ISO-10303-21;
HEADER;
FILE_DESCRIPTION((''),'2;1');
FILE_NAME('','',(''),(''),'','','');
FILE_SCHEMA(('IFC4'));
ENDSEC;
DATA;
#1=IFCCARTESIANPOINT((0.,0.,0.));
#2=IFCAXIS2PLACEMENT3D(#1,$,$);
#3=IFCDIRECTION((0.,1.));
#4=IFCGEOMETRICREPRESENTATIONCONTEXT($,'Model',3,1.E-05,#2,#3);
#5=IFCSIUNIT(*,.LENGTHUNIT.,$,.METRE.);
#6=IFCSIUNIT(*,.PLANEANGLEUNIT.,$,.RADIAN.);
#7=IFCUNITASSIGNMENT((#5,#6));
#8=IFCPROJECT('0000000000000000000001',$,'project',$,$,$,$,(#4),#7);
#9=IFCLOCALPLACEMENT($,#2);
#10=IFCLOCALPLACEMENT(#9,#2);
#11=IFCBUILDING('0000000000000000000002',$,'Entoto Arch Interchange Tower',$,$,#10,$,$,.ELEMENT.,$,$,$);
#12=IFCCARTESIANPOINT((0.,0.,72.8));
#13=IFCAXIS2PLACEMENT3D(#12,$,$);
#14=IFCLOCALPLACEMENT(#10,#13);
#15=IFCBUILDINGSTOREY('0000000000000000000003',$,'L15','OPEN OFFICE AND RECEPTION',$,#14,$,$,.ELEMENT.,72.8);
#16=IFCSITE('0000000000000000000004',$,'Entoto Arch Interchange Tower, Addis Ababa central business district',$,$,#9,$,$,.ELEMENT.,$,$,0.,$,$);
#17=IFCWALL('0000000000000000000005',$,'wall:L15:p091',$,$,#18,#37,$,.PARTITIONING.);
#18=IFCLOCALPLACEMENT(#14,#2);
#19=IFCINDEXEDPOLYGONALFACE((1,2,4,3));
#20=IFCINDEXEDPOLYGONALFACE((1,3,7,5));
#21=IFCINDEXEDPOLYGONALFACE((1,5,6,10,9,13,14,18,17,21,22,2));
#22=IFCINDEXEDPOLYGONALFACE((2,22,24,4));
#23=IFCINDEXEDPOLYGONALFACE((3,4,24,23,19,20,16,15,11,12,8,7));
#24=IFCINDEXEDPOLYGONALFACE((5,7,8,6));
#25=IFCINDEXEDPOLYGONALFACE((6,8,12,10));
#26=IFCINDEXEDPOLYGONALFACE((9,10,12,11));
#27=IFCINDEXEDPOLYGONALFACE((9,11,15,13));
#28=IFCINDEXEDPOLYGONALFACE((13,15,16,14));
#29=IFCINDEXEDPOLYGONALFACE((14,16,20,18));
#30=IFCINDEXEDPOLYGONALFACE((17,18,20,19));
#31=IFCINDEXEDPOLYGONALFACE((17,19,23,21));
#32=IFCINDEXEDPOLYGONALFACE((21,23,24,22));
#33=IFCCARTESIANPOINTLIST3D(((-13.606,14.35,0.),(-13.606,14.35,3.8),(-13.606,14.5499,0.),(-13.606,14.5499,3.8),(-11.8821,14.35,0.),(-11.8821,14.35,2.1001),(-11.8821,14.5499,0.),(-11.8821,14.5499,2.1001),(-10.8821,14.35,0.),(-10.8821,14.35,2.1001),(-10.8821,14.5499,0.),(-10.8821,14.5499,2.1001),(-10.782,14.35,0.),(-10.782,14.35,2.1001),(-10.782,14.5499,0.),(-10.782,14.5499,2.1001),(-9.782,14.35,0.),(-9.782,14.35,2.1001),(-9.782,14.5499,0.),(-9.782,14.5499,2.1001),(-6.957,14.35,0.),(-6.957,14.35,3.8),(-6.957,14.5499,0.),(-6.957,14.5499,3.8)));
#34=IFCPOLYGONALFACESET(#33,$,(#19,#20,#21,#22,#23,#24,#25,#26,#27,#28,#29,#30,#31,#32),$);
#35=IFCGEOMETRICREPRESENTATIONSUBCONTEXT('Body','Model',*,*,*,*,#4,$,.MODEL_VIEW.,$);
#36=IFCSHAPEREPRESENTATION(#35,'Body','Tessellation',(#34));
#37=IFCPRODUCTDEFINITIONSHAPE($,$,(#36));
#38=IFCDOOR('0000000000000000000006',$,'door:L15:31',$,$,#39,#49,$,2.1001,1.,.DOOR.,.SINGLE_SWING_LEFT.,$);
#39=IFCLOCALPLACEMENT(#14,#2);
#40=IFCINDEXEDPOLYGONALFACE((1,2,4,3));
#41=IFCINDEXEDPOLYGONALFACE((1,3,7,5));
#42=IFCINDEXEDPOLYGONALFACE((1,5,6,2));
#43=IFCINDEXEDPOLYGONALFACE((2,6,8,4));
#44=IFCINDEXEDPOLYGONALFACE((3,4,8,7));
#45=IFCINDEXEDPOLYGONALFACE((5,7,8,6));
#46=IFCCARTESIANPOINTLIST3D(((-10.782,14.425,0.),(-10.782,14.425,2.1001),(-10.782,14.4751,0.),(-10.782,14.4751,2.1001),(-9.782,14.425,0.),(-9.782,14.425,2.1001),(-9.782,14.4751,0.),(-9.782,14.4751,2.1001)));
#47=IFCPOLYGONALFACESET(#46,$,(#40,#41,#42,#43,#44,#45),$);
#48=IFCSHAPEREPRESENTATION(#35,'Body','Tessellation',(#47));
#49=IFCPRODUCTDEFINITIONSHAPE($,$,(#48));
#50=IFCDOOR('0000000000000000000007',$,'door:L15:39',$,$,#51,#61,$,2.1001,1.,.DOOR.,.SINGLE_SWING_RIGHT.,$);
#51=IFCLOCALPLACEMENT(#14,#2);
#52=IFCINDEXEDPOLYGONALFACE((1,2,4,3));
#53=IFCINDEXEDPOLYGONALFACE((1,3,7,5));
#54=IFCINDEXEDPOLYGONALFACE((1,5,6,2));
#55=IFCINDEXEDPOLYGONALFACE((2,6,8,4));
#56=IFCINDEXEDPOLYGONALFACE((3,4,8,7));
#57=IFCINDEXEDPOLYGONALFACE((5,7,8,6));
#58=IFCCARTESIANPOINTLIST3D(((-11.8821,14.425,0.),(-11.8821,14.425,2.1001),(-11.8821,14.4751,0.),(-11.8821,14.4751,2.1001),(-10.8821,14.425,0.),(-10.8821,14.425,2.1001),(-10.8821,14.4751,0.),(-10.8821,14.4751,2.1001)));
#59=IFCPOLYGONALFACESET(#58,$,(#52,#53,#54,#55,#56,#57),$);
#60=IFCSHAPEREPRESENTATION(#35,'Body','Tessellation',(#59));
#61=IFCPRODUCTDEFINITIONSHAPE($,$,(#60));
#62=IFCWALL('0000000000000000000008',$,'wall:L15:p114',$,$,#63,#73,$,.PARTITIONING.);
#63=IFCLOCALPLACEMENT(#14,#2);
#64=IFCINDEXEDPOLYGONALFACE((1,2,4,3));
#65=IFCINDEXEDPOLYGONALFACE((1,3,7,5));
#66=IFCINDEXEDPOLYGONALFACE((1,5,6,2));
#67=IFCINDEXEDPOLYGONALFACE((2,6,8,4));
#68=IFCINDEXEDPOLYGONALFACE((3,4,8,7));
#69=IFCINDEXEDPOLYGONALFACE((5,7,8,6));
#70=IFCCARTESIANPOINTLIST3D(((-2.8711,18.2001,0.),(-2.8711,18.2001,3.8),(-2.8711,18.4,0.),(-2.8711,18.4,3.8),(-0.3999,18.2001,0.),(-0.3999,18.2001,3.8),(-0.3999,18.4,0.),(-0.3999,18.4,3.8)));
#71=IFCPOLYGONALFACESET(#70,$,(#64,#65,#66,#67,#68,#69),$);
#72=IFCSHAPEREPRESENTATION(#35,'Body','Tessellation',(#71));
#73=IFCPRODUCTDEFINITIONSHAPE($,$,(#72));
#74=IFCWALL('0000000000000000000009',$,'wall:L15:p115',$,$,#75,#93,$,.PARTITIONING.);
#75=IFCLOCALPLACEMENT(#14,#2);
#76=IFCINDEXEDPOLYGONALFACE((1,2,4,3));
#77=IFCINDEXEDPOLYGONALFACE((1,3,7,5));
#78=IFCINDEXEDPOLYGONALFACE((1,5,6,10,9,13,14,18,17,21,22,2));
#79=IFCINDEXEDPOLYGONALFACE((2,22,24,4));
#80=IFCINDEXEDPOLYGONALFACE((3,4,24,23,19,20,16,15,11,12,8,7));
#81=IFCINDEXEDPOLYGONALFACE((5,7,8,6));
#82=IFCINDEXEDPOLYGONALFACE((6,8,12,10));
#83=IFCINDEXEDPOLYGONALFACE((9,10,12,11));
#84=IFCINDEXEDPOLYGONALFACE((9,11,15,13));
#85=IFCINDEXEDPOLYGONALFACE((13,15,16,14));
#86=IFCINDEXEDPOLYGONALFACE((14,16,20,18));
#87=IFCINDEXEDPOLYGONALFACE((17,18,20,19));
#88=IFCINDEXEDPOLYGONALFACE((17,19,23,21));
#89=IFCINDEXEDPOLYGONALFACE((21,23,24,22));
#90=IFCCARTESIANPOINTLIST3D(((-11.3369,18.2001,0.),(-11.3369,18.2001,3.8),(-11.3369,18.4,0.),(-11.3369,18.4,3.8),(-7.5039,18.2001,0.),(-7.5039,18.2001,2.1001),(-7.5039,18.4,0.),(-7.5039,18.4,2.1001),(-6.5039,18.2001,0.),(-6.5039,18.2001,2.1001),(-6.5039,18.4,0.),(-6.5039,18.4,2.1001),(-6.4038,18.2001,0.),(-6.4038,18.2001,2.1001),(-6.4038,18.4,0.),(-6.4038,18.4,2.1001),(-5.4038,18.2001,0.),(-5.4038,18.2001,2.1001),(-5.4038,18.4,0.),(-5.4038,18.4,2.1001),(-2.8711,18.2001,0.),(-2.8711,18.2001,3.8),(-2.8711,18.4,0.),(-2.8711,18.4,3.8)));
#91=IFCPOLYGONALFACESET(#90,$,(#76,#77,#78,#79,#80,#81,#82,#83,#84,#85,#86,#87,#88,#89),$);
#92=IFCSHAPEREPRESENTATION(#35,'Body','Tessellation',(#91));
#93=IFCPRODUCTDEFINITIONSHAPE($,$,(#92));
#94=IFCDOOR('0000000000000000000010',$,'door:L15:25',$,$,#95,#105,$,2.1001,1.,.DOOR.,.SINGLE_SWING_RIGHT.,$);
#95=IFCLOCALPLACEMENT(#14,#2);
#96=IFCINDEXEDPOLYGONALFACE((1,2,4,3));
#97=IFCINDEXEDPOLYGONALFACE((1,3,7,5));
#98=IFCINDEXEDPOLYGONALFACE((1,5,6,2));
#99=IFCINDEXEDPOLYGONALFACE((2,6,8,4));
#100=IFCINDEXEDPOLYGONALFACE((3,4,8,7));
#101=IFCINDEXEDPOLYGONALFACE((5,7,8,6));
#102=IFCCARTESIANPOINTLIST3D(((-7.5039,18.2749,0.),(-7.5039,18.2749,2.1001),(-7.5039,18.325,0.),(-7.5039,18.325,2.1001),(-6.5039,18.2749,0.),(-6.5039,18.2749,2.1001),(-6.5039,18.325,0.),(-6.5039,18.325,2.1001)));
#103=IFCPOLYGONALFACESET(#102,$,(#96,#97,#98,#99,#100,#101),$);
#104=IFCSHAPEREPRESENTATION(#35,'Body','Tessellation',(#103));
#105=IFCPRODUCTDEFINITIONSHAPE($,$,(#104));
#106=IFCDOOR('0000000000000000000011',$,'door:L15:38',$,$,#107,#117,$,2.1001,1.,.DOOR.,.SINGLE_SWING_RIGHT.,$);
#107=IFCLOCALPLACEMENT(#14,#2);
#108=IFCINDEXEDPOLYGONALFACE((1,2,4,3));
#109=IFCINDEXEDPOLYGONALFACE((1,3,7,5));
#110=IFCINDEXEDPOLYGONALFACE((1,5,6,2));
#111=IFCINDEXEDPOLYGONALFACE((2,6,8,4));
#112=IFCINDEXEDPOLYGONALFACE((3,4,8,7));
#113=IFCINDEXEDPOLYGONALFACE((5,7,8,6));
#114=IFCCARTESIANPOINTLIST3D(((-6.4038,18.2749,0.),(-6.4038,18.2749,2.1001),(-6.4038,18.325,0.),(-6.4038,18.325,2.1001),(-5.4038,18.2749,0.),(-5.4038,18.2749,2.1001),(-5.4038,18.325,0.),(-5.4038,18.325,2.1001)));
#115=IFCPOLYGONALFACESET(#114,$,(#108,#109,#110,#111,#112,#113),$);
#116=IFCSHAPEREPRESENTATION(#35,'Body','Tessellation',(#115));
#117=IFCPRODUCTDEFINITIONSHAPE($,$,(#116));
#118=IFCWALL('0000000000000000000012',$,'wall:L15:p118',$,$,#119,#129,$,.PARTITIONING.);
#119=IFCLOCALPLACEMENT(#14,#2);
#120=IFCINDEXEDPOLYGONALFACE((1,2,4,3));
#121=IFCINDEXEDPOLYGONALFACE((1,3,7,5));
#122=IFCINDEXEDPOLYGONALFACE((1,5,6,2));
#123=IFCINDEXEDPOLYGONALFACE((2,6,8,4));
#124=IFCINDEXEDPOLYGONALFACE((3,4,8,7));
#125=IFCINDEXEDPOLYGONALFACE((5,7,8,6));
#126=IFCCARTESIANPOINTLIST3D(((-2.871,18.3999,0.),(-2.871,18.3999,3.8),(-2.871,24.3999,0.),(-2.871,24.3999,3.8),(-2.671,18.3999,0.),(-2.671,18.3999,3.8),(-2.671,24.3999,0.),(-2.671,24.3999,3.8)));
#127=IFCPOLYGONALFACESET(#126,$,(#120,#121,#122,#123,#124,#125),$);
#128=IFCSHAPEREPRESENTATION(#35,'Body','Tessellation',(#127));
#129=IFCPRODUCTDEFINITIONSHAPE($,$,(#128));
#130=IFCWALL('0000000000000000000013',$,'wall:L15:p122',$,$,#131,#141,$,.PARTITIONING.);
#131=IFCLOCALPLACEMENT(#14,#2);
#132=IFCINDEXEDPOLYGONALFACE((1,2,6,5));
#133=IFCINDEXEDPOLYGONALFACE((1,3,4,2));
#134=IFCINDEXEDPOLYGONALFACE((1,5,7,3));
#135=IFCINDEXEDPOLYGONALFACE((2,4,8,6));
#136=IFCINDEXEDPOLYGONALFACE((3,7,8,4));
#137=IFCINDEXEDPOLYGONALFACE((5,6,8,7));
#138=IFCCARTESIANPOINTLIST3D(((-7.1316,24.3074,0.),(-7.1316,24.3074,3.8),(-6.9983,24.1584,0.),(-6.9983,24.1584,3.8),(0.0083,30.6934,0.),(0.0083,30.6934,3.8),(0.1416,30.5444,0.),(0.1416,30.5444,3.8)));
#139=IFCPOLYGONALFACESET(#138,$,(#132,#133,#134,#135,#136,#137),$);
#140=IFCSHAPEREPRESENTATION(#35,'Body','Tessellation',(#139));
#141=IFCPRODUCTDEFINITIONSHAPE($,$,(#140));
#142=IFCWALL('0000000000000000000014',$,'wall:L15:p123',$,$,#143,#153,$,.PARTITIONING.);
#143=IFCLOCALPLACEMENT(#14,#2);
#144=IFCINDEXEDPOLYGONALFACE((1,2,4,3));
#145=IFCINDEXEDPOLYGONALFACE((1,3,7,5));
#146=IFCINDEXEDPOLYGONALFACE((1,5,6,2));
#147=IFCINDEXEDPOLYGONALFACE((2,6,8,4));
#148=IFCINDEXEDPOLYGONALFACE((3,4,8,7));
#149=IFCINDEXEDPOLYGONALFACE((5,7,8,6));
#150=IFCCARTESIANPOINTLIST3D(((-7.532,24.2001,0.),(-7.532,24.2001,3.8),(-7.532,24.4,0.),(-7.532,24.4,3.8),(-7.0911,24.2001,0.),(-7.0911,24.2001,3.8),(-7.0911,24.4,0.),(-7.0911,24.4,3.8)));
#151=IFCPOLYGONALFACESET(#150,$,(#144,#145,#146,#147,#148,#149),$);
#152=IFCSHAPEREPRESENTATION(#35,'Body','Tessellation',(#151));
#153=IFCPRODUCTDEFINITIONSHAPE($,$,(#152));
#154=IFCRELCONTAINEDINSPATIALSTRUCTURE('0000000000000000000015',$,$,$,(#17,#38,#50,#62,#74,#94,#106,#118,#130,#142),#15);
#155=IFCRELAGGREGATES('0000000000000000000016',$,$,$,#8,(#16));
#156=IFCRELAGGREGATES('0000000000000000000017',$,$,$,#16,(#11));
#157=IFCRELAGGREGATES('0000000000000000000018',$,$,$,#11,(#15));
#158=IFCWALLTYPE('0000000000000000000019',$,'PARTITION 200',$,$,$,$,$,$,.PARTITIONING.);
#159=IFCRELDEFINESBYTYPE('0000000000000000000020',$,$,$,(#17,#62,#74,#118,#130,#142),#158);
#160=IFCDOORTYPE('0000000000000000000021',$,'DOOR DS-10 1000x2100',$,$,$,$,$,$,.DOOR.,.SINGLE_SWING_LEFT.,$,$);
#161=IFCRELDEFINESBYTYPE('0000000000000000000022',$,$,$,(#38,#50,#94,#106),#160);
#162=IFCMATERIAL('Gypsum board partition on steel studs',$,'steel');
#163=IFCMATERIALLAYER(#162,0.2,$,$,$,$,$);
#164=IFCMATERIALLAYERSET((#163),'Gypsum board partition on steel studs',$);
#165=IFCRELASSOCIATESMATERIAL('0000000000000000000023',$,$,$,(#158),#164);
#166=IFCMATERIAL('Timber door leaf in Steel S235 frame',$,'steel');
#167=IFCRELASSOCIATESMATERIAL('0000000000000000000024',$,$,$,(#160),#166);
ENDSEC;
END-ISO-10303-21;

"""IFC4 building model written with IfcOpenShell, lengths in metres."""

from ifc_helpers import new_model, si_unit, direction, frame, frame_2d, origin, place, context, subcontext, project, spatial, rectangle, extrude, material, layer, layer_set, type_object, element, fill, save


model = new_model("IFC4")

# Units and contexts
model_context = context("Model", 3, precision=1e-05, world=origin(), true_north=direction((0.0, 1.0)))
body_context = subcontext(model_context, "Body", "Model", "MODEL_VIEW")
ifc_project = project(units=[si_unit("LENGTHUNIT", "METRE"), si_unit("PLANEANGLEUNIT", "RADIAN")], contexts=[model_context])

# Site, building, storey
site_placement = place(None, origin())
site = spatial("IfcSite", under=ifc_project, at=site_placement, Name="Entoto Arch Interchange Tower, Addis Ababa central business district", CompositionType="ELEMENT", RefElevation=0.0)
building_placement = place(site_placement, origin())
building = spatial("IfcBuilding", under=site, at=building_placement, Name="Entoto Arch Interchange Tower", CompositionType="ELEMENT")
storey_placement = place(building_placement, frame((0.0, 0.0, 72.8)))
storey = spatial("IfcBuildingStorey", under=building, at=storey_placement, Name="L15", Description="OPEN OFFICE AND RECEPTION", CompositionType="ELEMENT", Elevation=72.8)

# Shared definitions
ifc_material_1 = material(Name="Gypsum board partition on steel studs", Category="steel")
ifc_layer_1 = layer(ifc_material_1, 0.2)
ifc_layer_set_1 = layer_set([ifc_layer_1], Name="Gypsum board partition on steel studs")
wall_type_1 = type_object("IfcWallType", Name="PARTITION 200", PredefinedType="PARTITIONING", material=ifc_layer_set_1)

# Shared definitions
ifc_material_2 = material(Name="Timber door leaf in Steel S235 frame", Category="steel")
door_type_1 = type_object("IfcDoorType", Name="DOOR DS-10 1000x2100", OperationType="SINGLE_SWING_LEFT", PredefinedType="DOOR", material=ifc_material_2)

# Wall, openings, doors
wall_1_placement = place(storey_placement, frame((-6.957, 14.45, 0.0), z_axis=(0.0, 0.0, 1.0), x_axis=(-1.0, 0.0, 0.0)))
wall_1 = element("IfcWall", 1, at=wall_1_placement, inside=storey, type_object=wall_type_1, Name="wall:L15:p091", PredefinedType="PARTITIONING", context=body_context, shape_type="SweptSolid", body=[
    extrude(rectangle(XDim=6.6489, YDim=0.2, at=frame_2d((3.3245, 0.0))), origin(), (0.0, 0.0, 1.0), 3.8),
])
opening_1_placement = place(wall_1_placement, frame((2.825, 0.0, 0.0)))
opening_1 = element("IfcOpeningElement", 2, at=opening_1_placement, cuts=wall_1, PredefinedType="OPENING", context=body_context, shape_type="SweptSolid", body=[
    extrude(rectangle(XDim=1.0, YDim=2.1001, at=frame_2d((0.5, 1.05))), frame((0.0, 0.1099, 0.0), z_axis=(0.0, -1.0, 0.0), x_axis=(1.0, 0.0, 0.0)), (0.0, 0.0, 1.0), 0.22),
])
opening_2_placement = place(wall_1_placement, frame((3.925, 0.0, 0.0)))
opening_2 = element("IfcOpeningElement", 3, at=opening_2_placement, cuts=wall_1, PredefinedType="OPENING", context=body_context, shape_type="SweptSolid", body=[
    extrude(rectangle(XDim=1.0, YDim=2.1001, at=frame_2d((0.5, 1.05))), frame((0.0, 0.1099, 0.0), z_axis=(0.0, -1.0, 0.0), x_axis=(1.0, 0.0, 0.0)), (0.0, 0.0, 1.0), 0.22),
])
door_1_placement = place(opening_1_placement, origin())
door_1 = element("IfcDoor", 4, at=door_1_placement, inside=storey, type_object=door_type_1, Name="door:L15:31", OperationType="SINGLE_SWING_LEFT", OverallHeight=2.1001, OverallWidth=1.0, PredefinedType="DOOR", context=body_context, shape_type="SweptSolid", body=[
    extrude(rectangle(XDim=1.0, YDim=2.1001, at=frame_2d((0.5, 1.05))), frame((0.0, 0.0249, 0.0), z_axis=(0.0, -1.0, 0.0), x_axis=(1.0, 0.0, 0.0)), (0.0, 0.0, 1.0), 0.05),
])
fill(opening_1, door_1)
door_2_placement = place(opening_2_placement, origin())
door_2 = element("IfcDoor", 5, at=door_2_placement, inside=storey, type_object=door_type_1, Name="door:L15:39", OperationType="SINGLE_SWING_RIGHT", OverallHeight=2.1001, OverallWidth=1.0, PredefinedType="DOOR", context=body_context, shape_type="SweptSolid", body=[
    extrude(rectangle(XDim=1.0, YDim=2.1001, at=frame_2d((0.5, 1.05))), frame((0.0, 0.0249, 0.0), z_axis=(0.0, -1.0, 0.0), x_axis=(1.0, 0.0, 0.0)), (0.0, 0.0, 1.0), 0.05),
])
fill(opening_2, door_2)

# Wall
wall_2_placement = place(storey_placement, frame((-2.8711, 18.3, 0.0), z_axis=(0.0, 0.0, 1.0), x_axis=(1.0, 0.0, 0.0)))
element("IfcWall", 6, at=wall_2_placement, inside=storey, type_object=wall_type_1, Name="wall:L15:p114", PredefinedType="PARTITIONING", context=body_context, shape_type="SweptSolid", body=[
    extrude(rectangle(XDim=2.4712, YDim=0.2, at=frame_2d((1.2356, 0.0))), origin(), (0.0, 0.0, 1.0), 3.8),
])

# Wall, openings, doors
wall_3_placement = place(storey_placement, frame((-11.3369, 18.3, 0.0), z_axis=(0.0, 0.0, 1.0), x_axis=(1.0, 0.0, 0.0)))
wall_3 = element("IfcWall", 7, at=wall_3_placement, inside=storey, type_object=wall_type_1, Name="wall:L15:p115", PredefinedType="PARTITIONING", context=body_context, shape_type="SweptSolid", body=[
    extrude(rectangle(XDim=8.4658, YDim=0.2, at=frame_2d((4.2329, 0.0))), origin(), (0.0, 0.0, 1.0), 3.8),
])
opening_3_placement = place(wall_3_placement, frame((3.833, 0.0, 0.0)))
opening_3 = element("IfcOpeningElement", 8, at=opening_3_placement, cuts=wall_3, PredefinedType="OPENING", context=body_context, shape_type="SweptSolid", body=[
    extrude(rectangle(XDim=1.0, YDim=2.1001, at=frame_2d((0.5, 1.05))), frame((0.0, 0.1099, 0.0), z_axis=(0.0, -1.0, 0.0), x_axis=(1.0, 0.0, 0.0)), (0.0, 0.0, 1.0), 0.22),
])
opening_4_placement = place(wall_3_placement, frame((4.9331, 0.0, 0.0)))
opening_4 = element("IfcOpeningElement", 9, at=opening_4_placement, cuts=wall_3, PredefinedType="OPENING", context=body_context, shape_type="SweptSolid", body=[
    extrude(rectangle(XDim=1.0, YDim=2.1001, at=frame_2d((0.5, 1.05))), frame((0.0, 0.1099, 0.0), z_axis=(0.0, -1.0, 0.0), x_axis=(1.0, 0.0, 0.0)), (0.0, 0.0, 1.0), 0.22),
])
door_3_placement = place(opening_3_placement, origin())
door_3 = element("IfcDoor", 10, at=door_3_placement, inside=storey, type_object=door_type_1, Name="door:L15:25", OperationType="SINGLE_SWING_RIGHT", OverallHeight=2.1001, OverallWidth=1.0, PredefinedType="DOOR", context=body_context, shape_type="SweptSolid", body=[
    extrude(rectangle(XDim=1.0, YDim=2.1001, at=frame_2d((0.5, 1.05))), frame((0.0, 0.0249, 0.0), z_axis=(0.0, -1.0, 0.0), x_axis=(1.0, 0.0, 0.0)), (0.0, 0.0, 1.0), 0.05),
])
fill(opening_3, door_3)
door_4_placement = place(opening_4_placement, origin())
door_4 = element("IfcDoor", 11, at=door_4_placement, inside=storey, type_object=door_type_1, Name="door:L15:38", OperationType="SINGLE_SWING_RIGHT", OverallHeight=2.1001, OverallWidth=1.0, PredefinedType="DOOR", context=body_context, shape_type="SweptSolid", body=[
    extrude(rectangle(XDim=1.0, YDim=2.1001, at=frame_2d((0.5, 1.05))), frame((0.0, 0.0249, 0.0), z_axis=(0.0, -1.0, 0.0), x_axis=(1.0, 0.0, 0.0)), (0.0, 0.0, 1.0), 0.05),
])
fill(opening_4, door_4)

# Walls
wall_4_placement = place(storey_placement, frame((-2.771, 18.3999, 0.0), z_axis=(0.0, 0.0, 1.0), x_axis=(0.0, 1.0, 0.0)))
element("IfcWall", 12, at=wall_4_placement, inside=storey, type_object=wall_type_1, Name="wall:L15:p118", PredefinedType="PARTITIONING", context=body_context, shape_type="SweptSolid", body=[
    extrude(rectangle(XDim=6.0, YDim=0.2, at=frame_2d((3.0, 0.0))), origin(), (0.0, 0.0, 1.0), 3.8),
])
wall_5_placement = place(storey_placement, frame((-7.0649, 24.2329, 0.0), z_axis=(0.0, 0.0, 1.0), x_axis=(0.745363, 0.666659, 0.0)))
element("IfcWall", 13, at=wall_5_placement, inside=storey, type_object=wall_type_1, Name="wall:L15:p122", PredefinedType="PARTITIONING", context=body_context, shape_type="SweptSolid", body=[
    extrude(rectangle(XDim=9.5791, YDim=0.2, at=frame_2d((4.7896, 0.0))), origin(), (0.0, 0.0, 1.0), 3.8),
])
wall_6_placement = place(storey_placement, frame((-7.532, 24.3, 0.0), z_axis=(0.0, 0.0, 1.0), x_axis=(1.0, 0.0, 0.0)))
element("IfcWall", 14, at=wall_6_placement, inside=storey, type_object=wall_type_1, Name="wall:L15:p123", PredefinedType="PARTITIONING", context=body_context, shape_type="SweptSolid", body=[
    extrude(rectangle(XDim=0.4409, YDim=0.2, at=frame_2d((0.2205, 0.0))), origin(), (0.0, 0.0, 1.0), 3.8),
])

save(model, "model.ifc")
